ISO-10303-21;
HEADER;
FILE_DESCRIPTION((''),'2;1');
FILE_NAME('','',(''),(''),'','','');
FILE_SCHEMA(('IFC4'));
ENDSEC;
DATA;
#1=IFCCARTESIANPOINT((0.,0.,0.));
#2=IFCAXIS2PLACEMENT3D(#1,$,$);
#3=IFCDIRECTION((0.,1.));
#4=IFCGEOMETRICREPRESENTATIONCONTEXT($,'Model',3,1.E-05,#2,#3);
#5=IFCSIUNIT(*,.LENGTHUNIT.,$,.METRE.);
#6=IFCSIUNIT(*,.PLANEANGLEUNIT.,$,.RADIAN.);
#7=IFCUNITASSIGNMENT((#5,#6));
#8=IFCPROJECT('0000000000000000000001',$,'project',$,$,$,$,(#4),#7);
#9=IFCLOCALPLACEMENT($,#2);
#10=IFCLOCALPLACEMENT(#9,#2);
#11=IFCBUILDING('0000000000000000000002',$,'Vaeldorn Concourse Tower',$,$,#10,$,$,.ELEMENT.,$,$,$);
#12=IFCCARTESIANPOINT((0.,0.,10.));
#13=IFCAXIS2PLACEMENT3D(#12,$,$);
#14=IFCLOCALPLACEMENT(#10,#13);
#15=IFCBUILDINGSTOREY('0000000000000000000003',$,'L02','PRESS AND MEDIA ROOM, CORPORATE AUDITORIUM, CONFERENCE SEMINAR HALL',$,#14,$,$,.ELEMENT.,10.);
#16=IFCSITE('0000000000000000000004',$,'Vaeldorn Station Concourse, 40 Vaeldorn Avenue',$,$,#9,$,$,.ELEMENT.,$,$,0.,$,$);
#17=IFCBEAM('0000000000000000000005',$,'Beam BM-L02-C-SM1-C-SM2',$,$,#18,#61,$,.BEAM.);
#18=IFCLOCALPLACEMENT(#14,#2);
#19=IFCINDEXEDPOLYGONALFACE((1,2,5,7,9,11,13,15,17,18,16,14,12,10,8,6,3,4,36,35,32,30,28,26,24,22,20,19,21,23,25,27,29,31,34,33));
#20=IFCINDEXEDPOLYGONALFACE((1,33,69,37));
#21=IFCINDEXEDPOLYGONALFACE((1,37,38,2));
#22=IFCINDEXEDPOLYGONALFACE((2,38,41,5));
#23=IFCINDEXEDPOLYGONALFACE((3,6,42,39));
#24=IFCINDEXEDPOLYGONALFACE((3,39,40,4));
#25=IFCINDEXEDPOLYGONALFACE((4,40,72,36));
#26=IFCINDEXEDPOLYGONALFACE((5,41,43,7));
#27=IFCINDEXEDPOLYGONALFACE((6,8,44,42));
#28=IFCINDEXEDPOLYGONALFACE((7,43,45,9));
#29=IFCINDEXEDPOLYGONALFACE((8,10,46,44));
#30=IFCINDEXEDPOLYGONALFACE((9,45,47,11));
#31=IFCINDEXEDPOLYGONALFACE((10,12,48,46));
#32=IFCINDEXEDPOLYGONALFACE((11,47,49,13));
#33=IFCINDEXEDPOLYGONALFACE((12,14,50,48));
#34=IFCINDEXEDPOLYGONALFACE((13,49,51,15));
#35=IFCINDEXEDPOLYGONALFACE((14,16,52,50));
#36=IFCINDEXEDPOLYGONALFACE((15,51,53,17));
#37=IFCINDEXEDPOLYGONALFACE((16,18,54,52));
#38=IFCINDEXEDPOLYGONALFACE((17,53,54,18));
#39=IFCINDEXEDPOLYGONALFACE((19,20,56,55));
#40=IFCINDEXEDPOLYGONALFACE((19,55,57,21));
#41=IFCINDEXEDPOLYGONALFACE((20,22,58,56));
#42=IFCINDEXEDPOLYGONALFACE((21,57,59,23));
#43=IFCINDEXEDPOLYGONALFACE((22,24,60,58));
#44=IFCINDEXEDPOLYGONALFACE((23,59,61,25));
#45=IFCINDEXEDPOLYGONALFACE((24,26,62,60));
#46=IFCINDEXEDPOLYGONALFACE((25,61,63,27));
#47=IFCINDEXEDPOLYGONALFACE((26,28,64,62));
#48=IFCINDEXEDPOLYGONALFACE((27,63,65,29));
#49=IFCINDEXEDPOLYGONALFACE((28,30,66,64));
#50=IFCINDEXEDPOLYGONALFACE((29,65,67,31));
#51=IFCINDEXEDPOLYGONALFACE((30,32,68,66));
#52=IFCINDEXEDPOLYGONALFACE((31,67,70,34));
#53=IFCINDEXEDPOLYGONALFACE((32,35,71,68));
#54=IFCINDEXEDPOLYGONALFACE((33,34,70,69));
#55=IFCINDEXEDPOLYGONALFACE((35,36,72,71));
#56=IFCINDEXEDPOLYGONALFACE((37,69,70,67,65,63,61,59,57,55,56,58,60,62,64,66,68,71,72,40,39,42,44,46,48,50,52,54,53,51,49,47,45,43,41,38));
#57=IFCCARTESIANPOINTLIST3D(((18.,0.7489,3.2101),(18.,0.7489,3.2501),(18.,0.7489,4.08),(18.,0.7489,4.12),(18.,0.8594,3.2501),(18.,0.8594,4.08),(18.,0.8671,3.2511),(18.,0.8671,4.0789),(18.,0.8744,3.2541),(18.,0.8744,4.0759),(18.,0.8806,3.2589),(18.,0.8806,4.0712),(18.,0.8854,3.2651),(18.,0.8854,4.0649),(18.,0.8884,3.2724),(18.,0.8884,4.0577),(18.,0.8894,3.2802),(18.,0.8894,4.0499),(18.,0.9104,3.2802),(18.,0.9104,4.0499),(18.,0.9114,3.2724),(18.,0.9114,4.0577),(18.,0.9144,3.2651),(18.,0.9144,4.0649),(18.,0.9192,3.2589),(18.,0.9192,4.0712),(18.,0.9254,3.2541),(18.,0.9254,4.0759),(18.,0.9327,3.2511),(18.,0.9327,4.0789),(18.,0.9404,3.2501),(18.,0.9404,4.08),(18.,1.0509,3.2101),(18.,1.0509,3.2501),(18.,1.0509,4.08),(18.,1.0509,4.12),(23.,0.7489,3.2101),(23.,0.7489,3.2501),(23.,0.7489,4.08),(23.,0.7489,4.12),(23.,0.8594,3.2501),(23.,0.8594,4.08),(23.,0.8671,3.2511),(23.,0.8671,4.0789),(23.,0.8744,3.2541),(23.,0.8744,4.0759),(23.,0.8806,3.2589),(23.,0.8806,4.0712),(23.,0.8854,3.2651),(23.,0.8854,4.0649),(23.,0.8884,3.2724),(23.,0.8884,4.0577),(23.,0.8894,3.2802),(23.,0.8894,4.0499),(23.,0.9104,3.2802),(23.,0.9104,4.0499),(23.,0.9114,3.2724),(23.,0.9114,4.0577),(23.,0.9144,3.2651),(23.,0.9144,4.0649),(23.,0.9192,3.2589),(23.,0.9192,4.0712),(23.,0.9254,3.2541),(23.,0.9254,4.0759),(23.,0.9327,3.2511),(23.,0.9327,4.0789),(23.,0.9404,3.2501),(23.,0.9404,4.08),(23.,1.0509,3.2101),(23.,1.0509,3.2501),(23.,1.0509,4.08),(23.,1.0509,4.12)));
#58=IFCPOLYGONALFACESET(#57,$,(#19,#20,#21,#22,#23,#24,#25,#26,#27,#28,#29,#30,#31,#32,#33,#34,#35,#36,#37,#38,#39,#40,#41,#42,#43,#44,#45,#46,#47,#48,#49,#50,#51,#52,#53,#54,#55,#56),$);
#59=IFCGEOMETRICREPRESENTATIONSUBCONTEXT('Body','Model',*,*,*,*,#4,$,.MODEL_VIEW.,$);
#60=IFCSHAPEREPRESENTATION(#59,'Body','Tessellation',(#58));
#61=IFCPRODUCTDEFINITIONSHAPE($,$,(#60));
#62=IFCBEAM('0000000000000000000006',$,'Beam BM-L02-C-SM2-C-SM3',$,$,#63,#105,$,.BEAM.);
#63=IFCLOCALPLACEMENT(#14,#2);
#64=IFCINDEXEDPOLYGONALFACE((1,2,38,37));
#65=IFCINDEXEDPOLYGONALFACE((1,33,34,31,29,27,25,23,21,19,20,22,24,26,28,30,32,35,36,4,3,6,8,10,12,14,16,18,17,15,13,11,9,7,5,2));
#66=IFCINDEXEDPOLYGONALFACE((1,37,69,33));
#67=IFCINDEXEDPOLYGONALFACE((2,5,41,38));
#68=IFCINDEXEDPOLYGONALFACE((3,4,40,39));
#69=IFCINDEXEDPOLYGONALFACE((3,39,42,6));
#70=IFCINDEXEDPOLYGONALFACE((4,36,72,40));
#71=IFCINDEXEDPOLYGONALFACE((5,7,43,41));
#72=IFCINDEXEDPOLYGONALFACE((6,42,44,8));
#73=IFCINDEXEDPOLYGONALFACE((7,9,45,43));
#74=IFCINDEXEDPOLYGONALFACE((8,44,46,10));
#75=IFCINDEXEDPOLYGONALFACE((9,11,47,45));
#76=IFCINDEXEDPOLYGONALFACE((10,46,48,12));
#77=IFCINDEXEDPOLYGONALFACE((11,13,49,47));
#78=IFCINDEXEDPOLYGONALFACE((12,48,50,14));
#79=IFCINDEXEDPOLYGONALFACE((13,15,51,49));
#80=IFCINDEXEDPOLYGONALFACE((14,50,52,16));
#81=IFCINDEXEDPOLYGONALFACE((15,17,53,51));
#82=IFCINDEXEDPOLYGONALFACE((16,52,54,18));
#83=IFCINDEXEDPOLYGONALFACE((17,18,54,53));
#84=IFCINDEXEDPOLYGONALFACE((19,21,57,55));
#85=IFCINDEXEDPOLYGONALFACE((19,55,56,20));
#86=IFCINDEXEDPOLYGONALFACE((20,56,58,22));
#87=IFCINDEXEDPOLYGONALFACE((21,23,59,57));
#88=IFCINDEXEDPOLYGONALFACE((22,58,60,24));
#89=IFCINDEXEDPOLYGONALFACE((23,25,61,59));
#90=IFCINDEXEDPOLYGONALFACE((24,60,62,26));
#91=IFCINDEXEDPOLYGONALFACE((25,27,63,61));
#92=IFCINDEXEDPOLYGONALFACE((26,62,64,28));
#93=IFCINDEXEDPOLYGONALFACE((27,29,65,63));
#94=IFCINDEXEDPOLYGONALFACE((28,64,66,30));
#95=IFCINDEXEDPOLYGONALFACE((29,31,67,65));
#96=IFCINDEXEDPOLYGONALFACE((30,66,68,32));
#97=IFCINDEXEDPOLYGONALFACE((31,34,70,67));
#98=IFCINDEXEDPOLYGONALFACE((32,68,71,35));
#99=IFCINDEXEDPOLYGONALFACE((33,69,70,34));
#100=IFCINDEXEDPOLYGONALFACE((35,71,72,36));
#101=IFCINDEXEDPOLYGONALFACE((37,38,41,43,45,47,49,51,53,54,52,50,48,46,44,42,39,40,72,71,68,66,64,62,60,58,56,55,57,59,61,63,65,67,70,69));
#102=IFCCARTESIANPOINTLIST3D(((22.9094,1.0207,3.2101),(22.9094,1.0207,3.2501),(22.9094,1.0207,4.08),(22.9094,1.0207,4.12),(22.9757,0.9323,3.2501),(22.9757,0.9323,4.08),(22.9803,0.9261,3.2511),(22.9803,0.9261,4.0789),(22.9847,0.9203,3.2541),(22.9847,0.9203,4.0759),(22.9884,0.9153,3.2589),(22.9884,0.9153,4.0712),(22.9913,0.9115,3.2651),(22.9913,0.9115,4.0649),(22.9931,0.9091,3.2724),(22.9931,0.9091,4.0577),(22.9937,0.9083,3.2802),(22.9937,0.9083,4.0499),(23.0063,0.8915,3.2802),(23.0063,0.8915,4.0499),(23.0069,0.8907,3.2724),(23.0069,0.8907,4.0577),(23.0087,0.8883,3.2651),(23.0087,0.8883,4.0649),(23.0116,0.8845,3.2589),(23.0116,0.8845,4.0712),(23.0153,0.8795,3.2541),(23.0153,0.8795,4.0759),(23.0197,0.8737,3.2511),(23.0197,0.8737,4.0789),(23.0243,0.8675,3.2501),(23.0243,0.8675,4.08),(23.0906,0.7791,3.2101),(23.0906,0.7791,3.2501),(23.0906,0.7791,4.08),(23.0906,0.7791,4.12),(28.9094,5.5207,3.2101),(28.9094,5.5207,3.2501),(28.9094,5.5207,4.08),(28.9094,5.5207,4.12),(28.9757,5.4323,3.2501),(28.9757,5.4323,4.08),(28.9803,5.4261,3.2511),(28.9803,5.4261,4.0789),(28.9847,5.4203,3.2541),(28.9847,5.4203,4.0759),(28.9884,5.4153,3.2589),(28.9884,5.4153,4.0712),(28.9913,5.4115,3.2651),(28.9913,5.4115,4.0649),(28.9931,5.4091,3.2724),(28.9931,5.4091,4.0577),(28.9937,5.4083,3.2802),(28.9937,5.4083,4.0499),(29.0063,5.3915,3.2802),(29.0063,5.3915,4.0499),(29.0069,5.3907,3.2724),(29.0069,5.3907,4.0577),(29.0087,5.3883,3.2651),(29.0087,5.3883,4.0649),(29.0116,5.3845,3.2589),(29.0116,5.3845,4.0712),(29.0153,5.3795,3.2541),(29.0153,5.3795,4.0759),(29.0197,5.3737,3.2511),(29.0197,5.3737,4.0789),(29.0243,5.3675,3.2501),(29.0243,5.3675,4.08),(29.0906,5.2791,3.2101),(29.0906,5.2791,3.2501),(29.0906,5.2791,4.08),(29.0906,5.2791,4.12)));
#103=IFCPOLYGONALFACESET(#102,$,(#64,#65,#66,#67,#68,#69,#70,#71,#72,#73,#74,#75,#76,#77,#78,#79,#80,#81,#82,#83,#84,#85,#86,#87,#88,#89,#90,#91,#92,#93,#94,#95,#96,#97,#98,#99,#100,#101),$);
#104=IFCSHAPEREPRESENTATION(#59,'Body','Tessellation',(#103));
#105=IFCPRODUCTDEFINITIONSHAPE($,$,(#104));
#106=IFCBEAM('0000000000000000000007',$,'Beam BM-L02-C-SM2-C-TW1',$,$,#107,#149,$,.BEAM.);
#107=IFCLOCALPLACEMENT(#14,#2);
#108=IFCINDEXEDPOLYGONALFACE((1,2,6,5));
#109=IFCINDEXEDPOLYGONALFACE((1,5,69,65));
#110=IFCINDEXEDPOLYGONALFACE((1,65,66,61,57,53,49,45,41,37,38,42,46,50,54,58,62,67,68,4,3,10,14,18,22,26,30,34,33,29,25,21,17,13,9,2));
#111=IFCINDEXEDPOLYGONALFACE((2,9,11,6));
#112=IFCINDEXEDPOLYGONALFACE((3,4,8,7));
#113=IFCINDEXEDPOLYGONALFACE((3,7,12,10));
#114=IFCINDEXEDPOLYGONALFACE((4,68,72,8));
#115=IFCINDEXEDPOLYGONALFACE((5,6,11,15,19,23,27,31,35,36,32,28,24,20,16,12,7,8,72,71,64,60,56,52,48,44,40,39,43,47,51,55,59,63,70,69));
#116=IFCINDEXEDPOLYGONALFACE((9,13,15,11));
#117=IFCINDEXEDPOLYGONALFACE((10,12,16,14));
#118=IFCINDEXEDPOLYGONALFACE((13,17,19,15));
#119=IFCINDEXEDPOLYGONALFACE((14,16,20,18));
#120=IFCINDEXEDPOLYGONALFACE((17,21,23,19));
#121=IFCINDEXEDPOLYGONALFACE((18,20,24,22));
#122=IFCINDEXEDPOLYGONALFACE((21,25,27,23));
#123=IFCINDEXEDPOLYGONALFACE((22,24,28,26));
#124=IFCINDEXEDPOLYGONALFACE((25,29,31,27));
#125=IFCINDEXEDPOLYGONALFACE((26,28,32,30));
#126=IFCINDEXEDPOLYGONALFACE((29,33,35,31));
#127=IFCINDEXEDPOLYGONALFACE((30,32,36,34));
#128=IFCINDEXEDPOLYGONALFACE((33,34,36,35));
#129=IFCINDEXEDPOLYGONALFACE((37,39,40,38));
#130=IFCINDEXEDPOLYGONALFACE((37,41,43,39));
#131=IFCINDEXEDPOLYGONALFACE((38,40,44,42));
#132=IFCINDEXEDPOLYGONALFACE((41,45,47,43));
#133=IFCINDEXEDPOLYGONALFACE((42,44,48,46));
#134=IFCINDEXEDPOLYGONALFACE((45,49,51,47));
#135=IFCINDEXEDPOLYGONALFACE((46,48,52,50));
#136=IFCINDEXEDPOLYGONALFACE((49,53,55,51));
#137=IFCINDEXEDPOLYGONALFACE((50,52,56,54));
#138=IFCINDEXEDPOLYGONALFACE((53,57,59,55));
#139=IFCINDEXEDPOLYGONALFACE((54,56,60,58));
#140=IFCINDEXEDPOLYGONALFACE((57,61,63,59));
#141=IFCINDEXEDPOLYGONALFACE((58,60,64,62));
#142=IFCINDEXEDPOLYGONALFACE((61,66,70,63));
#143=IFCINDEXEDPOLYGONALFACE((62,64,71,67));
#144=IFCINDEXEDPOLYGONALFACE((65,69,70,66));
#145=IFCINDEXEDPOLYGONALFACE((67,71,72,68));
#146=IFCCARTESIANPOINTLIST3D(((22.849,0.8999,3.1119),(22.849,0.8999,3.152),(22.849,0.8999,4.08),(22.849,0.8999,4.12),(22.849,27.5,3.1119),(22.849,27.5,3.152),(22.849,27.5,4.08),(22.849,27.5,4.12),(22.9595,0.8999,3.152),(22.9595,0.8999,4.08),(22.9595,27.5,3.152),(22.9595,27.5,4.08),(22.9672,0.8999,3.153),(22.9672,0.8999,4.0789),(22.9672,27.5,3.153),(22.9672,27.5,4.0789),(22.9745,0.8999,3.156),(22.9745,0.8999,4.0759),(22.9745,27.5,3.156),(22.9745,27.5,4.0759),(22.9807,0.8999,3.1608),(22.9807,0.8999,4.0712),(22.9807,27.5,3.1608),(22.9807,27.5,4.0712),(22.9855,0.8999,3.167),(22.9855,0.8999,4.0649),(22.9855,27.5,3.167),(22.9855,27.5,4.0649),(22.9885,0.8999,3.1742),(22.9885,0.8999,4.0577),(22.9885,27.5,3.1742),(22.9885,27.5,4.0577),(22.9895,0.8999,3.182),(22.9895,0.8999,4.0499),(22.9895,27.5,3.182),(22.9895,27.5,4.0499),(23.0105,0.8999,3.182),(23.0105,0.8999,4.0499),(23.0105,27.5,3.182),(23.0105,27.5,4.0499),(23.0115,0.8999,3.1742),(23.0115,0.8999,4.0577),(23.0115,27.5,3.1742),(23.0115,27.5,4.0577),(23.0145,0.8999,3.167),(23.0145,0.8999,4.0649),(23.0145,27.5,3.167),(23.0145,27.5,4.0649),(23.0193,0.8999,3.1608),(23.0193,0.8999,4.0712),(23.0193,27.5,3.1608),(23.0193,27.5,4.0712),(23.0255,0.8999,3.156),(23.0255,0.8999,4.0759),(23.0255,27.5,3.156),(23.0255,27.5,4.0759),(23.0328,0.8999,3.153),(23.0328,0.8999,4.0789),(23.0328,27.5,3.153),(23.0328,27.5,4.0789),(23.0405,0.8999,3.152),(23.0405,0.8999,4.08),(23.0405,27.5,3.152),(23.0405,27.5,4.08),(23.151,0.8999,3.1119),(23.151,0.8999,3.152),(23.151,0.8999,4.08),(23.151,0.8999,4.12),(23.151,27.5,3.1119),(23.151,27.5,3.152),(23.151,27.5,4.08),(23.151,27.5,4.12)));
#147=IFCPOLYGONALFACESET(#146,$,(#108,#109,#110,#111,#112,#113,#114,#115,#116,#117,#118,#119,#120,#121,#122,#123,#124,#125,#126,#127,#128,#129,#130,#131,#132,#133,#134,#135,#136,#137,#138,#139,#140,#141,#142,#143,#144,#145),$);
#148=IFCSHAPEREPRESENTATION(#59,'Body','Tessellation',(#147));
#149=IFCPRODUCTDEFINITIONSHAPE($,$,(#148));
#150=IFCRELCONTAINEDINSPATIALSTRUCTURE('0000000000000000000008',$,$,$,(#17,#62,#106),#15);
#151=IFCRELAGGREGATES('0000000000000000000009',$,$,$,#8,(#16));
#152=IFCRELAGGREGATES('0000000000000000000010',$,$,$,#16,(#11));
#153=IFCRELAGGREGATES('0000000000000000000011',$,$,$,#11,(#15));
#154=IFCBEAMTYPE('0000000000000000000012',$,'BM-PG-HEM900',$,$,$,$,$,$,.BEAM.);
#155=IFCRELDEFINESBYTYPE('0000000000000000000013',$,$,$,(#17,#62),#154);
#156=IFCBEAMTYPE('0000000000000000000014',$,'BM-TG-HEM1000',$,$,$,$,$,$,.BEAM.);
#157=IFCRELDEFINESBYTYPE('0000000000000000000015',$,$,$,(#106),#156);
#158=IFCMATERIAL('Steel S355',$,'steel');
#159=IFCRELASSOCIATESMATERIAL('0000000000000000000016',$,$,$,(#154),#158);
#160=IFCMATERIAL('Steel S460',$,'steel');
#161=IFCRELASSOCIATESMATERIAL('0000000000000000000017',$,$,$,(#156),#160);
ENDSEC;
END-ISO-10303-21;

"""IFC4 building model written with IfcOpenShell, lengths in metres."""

from ifc_helpers import new_model, si_unit, direction, frame, origin, origin_2d, place, context, subcontext, project, spatial, i_section, extrude, source, transform, mapped, material, material_profile, profile_set, type_object, element, save


model = new_model("IFC4")

# Units and contexts
model_context = context("Model", 3, precision=1e-05, world=origin(), true_north=direction((0.0, 1.0)))
body_context = subcontext(model_context, "Body", "Model", "MODEL_VIEW")
ifc_project = project(units=[si_unit("LENGTHUNIT", "METRE"), si_unit("PLANEANGLEUNIT", "RADIAN")], contexts=[model_context])

# Site, building, storey
site_placement = place(None, origin())
site = spatial("IfcSite", under=ifc_project, at=site_placement, Name="Vaeldorn Station Concourse, 40 Vaeldorn Avenue", CompositionType="ELEMENT", RefElevation=0.0)
building_placement = place(site_placement, origin())
building = spatial("IfcBuilding", under=site, at=building_placement, Name="Vaeldorn Concourse Tower", CompositionType="ELEMENT")
storey_placement = place(building_placement, frame((0.0, 0.0, 10.0)))
storey = spatial("IfcBuildingStorey", under=building, at=storey_placement, Name="L02", Description="PRESS AND MEDIA ROOM, CORPORATE AUDITORIUM, CONFERENCE SEMINAR HALL", CompositionType="ELEMENT", Elevation=10.0)

# Shared definitions
ifc_material_1 = material(Name="Steel S460", Category="steel")

# Beams
ifc_material_2 = material(Name="Steel S355", Category="steel")
ifc_material_profile_1 = material_profile(ifc_material_2, i_section(OverallWidth=0.302, OverallDepth=0.9099, WebThickness=0.021, FlangeThickness=0.04, FilletRadius=0.03, at=origin_2d()), Name="HEM 900")
ifc_profile_set_1 = profile_set([ifc_material_profile_1], Name="Steel S355")
beam_type_1 = type_object("IfcBeamType", Name="BM-PG-HEM900", PredefinedType="BEAM", material=ifc_profile_set_1)
shared_shape_1 = source(origin(), body_context, "Body", "SweptSolid", [
    extrude(i_section(OverallWidth=0.302, OverallDepth=0.9099, WebThickness=0.021, FlangeThickness=0.04, FilletRadius=0.03, at=origin_2d()), origin(), (0.0, 0.0, 1.0), 5.0),
])
beam_1_placement = place(storey_placement, frame((18.0, 0.8999, 3.665), z_axis=(1.0, 0.0, 0.0), x_axis=(0.0, 1.0, 0.0)))
element("IfcBeam", 1, at=beam_1_placement, inside=storey, type_object=beam_type_1, Name="Beam BM-L02-C-SM1-C-SM2", PredefinedType="BEAM", context=body_context, shape_type="MappedRepresentation", body=[
    mapped(shared_shape_1, transform((0.0, 0.0, 0.0), scale=1.0)),
])
shared_shape_2 = source(origin(), body_context, "Body", "SweptSolid", [
    extrude(i_section(OverallWidth=0.302, OverallDepth=0.9099, WebThickness=0.021, FlangeThickness=0.04, FilletRadius=0.03, at=origin_2d()), origin(), (0.0, 0.0, 1.0), 7.5),
])
beam_2_placement = place(storey_placement, frame((23.0, 0.8999, 3.665), z_axis=(0.8, 0.6, 0.0), x_axis=(-0.6, 0.8, 0.0)))
element("IfcBeam", 2, at=beam_2_placement, inside=storey, type_object=beam_type_1, Name="Beam BM-L02-C-SM2-C-SM3", PredefinedType="BEAM", context=body_context, shape_type="MappedRepresentation", body=[
    mapped(shared_shape_2, transform((0.0, 0.0, 0.0), scale=1.0)),
])
ifc_material_profile_2 = material_profile(ifc_material_1, i_section(OverallWidth=0.302, OverallDepth=1.0081, WebThickness=0.021, FlangeThickness=0.04, FilletRadius=0.03, at=origin_2d()), Name="HEM 1000")
ifc_profile_set_2 = profile_set([ifc_material_profile_2], Name="Steel S460")
beam_type_2 = type_object("IfcBeamType", Name="BM-TG-HEM1000", PredefinedType="BEAM", material=ifc_profile_set_2)
shared_shape_3 = source(origin(), body_context, "Body", "SweptSolid", [
    extrude(i_section(OverallWidth=0.302, OverallDepth=1.0081, WebThickness=0.021, FlangeThickness=0.04, FilletRadius=0.03, at=origin_2d()), origin(), (0.0, 0.0, 1.0), 26.6001),
])
beam_3_placement = place(storey_placement, frame((23.0, 0.8999, 3.616), z_axis=(0.0, 1.0, 0.0), x_axis=(-1.0, 0.0, 0.0)))
element("IfcBeam", 3, at=beam_3_placement, inside=storey, type_object=beam_type_2, Name="Beam BM-L02-C-SM2-C-TW1", PredefinedType="BEAM", context=body_context, shape_type="MappedRepresentation", body=[
    mapped(shared_shape_3, transform((0.0, 0.0, 0.0), scale=1.0)),
])

save(model, "model.ifc")
